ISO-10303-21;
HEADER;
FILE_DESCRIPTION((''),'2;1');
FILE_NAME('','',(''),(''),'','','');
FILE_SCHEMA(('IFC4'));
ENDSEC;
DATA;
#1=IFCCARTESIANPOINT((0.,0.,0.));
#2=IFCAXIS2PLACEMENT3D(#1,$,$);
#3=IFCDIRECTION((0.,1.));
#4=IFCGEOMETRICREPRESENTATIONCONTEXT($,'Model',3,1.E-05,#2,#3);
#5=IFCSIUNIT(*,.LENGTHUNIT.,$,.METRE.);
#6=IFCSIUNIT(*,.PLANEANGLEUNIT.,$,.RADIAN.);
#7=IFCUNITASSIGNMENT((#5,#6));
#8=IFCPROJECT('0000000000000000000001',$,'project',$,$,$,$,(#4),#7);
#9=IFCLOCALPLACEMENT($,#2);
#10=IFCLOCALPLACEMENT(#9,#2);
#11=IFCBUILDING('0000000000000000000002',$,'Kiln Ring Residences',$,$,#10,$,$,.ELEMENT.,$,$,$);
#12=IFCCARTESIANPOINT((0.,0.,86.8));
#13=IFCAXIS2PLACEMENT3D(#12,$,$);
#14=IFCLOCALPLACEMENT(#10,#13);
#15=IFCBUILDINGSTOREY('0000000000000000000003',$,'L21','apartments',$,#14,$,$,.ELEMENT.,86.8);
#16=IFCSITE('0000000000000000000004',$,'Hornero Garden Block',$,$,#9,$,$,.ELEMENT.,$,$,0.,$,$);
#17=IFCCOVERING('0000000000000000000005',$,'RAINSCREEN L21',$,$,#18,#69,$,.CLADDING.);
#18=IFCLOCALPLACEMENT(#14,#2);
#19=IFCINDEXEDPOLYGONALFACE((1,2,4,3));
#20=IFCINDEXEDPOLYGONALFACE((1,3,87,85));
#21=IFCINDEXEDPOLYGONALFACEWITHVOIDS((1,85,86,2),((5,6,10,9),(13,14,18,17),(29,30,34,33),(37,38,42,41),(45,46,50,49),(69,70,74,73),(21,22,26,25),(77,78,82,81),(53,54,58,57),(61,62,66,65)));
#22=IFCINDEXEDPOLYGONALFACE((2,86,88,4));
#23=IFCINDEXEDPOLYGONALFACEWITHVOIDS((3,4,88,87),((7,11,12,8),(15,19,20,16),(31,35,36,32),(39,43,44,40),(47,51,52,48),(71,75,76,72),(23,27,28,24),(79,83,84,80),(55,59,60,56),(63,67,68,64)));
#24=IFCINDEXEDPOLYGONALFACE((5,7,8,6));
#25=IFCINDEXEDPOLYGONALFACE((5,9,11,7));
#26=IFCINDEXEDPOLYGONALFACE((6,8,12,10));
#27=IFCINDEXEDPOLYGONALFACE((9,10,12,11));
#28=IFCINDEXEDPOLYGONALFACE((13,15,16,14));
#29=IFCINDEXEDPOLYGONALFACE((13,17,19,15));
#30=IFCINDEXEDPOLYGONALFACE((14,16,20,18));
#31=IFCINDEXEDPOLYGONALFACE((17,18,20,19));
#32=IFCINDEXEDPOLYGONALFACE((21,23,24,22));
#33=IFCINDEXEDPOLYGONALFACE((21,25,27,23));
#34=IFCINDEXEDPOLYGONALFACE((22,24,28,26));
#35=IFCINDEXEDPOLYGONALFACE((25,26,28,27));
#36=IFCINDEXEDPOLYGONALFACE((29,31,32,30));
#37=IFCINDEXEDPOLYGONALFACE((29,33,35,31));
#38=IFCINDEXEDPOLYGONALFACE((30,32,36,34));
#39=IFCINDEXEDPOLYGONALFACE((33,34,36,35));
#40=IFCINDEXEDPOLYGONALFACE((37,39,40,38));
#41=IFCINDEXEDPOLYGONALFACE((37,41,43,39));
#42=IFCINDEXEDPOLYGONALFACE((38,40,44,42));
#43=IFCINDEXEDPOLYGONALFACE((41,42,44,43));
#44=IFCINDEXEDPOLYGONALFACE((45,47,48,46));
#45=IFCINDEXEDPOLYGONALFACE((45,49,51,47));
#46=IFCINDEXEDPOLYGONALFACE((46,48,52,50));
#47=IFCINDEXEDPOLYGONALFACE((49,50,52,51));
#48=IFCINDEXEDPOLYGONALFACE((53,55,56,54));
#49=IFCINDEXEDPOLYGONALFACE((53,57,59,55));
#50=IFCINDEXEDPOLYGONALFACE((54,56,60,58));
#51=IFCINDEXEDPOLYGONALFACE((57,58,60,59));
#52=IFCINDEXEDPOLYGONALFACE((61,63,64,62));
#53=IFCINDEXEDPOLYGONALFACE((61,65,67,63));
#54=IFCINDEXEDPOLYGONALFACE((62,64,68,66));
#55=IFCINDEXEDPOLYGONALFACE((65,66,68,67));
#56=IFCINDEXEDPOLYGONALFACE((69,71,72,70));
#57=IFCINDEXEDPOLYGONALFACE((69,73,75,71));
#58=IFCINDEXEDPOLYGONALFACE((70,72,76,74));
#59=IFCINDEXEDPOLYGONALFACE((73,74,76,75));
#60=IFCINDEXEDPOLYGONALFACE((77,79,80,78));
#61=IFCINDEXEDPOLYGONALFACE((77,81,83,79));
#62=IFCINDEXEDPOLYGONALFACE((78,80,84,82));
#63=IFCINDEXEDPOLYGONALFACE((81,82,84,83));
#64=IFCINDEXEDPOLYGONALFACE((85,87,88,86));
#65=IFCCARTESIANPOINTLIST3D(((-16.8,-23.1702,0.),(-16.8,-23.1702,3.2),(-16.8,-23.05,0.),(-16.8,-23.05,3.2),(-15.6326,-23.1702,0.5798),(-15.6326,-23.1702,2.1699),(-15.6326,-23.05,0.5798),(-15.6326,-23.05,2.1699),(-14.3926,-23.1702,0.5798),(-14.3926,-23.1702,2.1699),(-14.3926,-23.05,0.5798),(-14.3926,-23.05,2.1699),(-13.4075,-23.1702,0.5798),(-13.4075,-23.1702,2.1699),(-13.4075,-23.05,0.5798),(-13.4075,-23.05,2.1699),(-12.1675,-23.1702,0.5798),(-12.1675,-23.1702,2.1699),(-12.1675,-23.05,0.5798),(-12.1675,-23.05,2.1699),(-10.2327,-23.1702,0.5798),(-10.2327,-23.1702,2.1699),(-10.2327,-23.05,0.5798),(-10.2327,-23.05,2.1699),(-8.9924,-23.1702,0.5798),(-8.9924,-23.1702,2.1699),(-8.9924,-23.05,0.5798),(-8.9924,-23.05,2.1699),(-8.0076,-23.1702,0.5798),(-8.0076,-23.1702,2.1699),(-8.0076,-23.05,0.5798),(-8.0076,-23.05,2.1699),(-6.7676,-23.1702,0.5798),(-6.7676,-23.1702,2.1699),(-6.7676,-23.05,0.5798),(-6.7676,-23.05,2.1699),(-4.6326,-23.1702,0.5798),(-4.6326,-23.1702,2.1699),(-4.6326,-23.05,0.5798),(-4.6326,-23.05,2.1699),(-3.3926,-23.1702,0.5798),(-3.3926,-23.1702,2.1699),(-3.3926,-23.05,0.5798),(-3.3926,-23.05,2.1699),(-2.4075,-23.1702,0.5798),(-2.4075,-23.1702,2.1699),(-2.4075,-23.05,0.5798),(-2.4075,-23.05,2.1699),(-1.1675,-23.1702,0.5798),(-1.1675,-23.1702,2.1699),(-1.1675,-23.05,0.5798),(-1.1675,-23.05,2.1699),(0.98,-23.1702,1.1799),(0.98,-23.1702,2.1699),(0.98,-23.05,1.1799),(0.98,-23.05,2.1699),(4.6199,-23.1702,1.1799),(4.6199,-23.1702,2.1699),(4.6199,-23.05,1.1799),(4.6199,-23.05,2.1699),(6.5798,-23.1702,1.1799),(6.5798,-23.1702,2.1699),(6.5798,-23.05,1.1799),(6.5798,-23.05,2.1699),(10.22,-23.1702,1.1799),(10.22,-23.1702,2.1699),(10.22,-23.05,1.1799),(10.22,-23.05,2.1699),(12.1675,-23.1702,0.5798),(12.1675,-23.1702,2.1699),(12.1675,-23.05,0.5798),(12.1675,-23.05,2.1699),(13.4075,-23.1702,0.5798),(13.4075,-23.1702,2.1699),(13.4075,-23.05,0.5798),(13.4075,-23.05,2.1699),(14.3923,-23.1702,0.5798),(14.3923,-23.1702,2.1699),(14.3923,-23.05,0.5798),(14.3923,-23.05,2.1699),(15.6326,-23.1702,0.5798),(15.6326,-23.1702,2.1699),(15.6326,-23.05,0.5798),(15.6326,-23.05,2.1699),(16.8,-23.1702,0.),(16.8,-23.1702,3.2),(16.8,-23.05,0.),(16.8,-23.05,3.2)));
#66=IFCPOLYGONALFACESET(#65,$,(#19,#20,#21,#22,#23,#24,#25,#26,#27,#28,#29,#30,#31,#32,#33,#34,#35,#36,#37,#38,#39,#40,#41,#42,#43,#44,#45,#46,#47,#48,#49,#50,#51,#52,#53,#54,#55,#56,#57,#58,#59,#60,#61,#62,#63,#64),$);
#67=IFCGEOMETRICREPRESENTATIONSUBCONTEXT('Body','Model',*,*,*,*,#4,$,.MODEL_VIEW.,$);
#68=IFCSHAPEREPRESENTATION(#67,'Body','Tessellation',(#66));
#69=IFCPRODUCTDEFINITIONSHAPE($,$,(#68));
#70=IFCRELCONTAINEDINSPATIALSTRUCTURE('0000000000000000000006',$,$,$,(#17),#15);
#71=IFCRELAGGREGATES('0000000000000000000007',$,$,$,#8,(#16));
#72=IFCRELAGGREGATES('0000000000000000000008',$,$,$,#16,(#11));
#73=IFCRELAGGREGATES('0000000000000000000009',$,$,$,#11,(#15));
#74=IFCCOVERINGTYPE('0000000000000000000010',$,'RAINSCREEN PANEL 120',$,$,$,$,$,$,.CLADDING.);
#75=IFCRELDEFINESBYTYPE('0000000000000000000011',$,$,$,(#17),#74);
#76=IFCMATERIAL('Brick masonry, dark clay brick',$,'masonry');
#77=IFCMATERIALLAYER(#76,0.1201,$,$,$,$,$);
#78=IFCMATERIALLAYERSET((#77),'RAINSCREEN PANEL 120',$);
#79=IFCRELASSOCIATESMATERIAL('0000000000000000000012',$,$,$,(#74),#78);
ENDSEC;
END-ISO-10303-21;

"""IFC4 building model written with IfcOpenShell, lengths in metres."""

from ifc_helpers import new_model, si_unit, direction, frame, origin, place, context, subcontext, project, spatial, polyline, outline, extrude, material, layer, layer_set, type_object, element, save


model = new_model("IFC4")

# Units and contexts
model_context = context("Model", 3, precision=1e-05, world=origin(), true_north=direction((0.0, 1.0)))
body_context = subcontext(model_context, "Body", "Model", "MODEL_VIEW")
ifc_project = project(units=[si_unit("LENGTHUNIT", "METRE"), si_unit("PLANEANGLEUNIT", "RADIAN")], contexts=[model_context])

# Site, building, storey
site_placement = place(None, origin())
site = spatial("IfcSite", under=ifc_project, at=site_placement, Name="Hornero Garden Block", CompositionType="ELEMENT", RefElevation=0.0)
building_placement = place(site_placement, origin())
building = spatial("IfcBuilding", under=site, at=building_placement, Name="Kiln Ring Residences", CompositionType="ELEMENT")
storey_placement = place(building_placement, frame((0.0, 0.0, 86.8)))
storey = spatial("IfcBuildingStorey", under=building, at=storey_placement, Name="L21", Description="apartments", CompositionType="ELEMENT", Elevation=86.8)

# Covering
ifc_material_1 = material(Name="Brick masonry, dark clay brick", Category="masonry")
ifc_layer_1 = layer(ifc_material_1, 0.1201)
ifc_layer_set_1 = layer_set([ifc_layer_1], Name="RAINSCREEN PANEL 120")
covering_type = type_object("IfcCoveringType", Name="RAINSCREEN PANEL 120", PredefinedType="CLADDING", material=ifc_layer_set_1)
covering_placement = place(storey_placement, frame((-16.8, -23.1101, 0.0), z_axis=(0.0, 0.0, 1.0), x_axis=(1.0, 0.0, 0.0)))
element("IfcCovering", 1, at=covering_placement, inside=storey, type_object=covering_type, Name="RAINSCREEN L21", PredefinedType="CLADDING", context=body_context, shape_type="SweptSolid", body=[
    extrude(outline(polyline([(0.0, 0.0), (33.6001, 0.0), (33.6001, 3.2), (0.0, 3.2), (0.0, 0.0)]), holes=[polyline([(1.1675, 0.5798), (2.4075, 0.5798), (2.4075, 2.1699), (1.1675, 2.1699), (1.1675, 0.5798)]), polyline([(3.3926, 0.5798), (4.6326, 0.5798), (4.6326, 2.1699), (3.3926, 2.1699), (3.3926, 0.5798)]), polyline([(6.5674, 0.5798), (7.8076, 0.5798), (7.8076, 2.1699), (6.5674, 2.1699), (6.5674, 0.5798)]), polyline([(8.7925, 2.1699), (8.7925, 0.5798), (10.0325, 0.5798), (10.0325, 2.1699), (8.7925, 2.1699)]), polyline([(12.1675, 2.1699), (12.1675, 0.5798), (13.4075, 0.5798), (13.4075, 2.1699), (12.1675, 2.1699)]), polyline([(14.3926, 0.5798), (15.6326, 0.5798), (15.6326, 2.1699), (14.3926, 2.1699), (14.3926, 0.5798)]), polyline([(28.9675, 0.5798), (30.2075, 0.5798), (30.2075, 2.1699), (28.9675, 2.1699), (28.9675, 0.5798)]), polyline([(31.1924, 0.5798), (32.4326, 0.5798), (32.4326, 2.1699), (31.1924, 2.1699), (31.1924, 0.5798)]), polyline([(17.78, 2.1699), (17.78, 1.1799), (21.4199, 1.1799), (21.4199, 2.1699), (17.78, 2.1699)]), polyline([(23.3799, 2.1699), (23.3799, 1.1799), (27.02, 1.1799), (27.02, 2.1699), (23.3799, 2.1699)])]), frame((0.0, 0.0601, 0.0), z_axis=(0.0, -1.0, 0.0), x_axis=(1.0, 0.0, 0.0)), (0.0, 0.0, 1.0), 0.1201),
])

save(model, "model.ifc")
